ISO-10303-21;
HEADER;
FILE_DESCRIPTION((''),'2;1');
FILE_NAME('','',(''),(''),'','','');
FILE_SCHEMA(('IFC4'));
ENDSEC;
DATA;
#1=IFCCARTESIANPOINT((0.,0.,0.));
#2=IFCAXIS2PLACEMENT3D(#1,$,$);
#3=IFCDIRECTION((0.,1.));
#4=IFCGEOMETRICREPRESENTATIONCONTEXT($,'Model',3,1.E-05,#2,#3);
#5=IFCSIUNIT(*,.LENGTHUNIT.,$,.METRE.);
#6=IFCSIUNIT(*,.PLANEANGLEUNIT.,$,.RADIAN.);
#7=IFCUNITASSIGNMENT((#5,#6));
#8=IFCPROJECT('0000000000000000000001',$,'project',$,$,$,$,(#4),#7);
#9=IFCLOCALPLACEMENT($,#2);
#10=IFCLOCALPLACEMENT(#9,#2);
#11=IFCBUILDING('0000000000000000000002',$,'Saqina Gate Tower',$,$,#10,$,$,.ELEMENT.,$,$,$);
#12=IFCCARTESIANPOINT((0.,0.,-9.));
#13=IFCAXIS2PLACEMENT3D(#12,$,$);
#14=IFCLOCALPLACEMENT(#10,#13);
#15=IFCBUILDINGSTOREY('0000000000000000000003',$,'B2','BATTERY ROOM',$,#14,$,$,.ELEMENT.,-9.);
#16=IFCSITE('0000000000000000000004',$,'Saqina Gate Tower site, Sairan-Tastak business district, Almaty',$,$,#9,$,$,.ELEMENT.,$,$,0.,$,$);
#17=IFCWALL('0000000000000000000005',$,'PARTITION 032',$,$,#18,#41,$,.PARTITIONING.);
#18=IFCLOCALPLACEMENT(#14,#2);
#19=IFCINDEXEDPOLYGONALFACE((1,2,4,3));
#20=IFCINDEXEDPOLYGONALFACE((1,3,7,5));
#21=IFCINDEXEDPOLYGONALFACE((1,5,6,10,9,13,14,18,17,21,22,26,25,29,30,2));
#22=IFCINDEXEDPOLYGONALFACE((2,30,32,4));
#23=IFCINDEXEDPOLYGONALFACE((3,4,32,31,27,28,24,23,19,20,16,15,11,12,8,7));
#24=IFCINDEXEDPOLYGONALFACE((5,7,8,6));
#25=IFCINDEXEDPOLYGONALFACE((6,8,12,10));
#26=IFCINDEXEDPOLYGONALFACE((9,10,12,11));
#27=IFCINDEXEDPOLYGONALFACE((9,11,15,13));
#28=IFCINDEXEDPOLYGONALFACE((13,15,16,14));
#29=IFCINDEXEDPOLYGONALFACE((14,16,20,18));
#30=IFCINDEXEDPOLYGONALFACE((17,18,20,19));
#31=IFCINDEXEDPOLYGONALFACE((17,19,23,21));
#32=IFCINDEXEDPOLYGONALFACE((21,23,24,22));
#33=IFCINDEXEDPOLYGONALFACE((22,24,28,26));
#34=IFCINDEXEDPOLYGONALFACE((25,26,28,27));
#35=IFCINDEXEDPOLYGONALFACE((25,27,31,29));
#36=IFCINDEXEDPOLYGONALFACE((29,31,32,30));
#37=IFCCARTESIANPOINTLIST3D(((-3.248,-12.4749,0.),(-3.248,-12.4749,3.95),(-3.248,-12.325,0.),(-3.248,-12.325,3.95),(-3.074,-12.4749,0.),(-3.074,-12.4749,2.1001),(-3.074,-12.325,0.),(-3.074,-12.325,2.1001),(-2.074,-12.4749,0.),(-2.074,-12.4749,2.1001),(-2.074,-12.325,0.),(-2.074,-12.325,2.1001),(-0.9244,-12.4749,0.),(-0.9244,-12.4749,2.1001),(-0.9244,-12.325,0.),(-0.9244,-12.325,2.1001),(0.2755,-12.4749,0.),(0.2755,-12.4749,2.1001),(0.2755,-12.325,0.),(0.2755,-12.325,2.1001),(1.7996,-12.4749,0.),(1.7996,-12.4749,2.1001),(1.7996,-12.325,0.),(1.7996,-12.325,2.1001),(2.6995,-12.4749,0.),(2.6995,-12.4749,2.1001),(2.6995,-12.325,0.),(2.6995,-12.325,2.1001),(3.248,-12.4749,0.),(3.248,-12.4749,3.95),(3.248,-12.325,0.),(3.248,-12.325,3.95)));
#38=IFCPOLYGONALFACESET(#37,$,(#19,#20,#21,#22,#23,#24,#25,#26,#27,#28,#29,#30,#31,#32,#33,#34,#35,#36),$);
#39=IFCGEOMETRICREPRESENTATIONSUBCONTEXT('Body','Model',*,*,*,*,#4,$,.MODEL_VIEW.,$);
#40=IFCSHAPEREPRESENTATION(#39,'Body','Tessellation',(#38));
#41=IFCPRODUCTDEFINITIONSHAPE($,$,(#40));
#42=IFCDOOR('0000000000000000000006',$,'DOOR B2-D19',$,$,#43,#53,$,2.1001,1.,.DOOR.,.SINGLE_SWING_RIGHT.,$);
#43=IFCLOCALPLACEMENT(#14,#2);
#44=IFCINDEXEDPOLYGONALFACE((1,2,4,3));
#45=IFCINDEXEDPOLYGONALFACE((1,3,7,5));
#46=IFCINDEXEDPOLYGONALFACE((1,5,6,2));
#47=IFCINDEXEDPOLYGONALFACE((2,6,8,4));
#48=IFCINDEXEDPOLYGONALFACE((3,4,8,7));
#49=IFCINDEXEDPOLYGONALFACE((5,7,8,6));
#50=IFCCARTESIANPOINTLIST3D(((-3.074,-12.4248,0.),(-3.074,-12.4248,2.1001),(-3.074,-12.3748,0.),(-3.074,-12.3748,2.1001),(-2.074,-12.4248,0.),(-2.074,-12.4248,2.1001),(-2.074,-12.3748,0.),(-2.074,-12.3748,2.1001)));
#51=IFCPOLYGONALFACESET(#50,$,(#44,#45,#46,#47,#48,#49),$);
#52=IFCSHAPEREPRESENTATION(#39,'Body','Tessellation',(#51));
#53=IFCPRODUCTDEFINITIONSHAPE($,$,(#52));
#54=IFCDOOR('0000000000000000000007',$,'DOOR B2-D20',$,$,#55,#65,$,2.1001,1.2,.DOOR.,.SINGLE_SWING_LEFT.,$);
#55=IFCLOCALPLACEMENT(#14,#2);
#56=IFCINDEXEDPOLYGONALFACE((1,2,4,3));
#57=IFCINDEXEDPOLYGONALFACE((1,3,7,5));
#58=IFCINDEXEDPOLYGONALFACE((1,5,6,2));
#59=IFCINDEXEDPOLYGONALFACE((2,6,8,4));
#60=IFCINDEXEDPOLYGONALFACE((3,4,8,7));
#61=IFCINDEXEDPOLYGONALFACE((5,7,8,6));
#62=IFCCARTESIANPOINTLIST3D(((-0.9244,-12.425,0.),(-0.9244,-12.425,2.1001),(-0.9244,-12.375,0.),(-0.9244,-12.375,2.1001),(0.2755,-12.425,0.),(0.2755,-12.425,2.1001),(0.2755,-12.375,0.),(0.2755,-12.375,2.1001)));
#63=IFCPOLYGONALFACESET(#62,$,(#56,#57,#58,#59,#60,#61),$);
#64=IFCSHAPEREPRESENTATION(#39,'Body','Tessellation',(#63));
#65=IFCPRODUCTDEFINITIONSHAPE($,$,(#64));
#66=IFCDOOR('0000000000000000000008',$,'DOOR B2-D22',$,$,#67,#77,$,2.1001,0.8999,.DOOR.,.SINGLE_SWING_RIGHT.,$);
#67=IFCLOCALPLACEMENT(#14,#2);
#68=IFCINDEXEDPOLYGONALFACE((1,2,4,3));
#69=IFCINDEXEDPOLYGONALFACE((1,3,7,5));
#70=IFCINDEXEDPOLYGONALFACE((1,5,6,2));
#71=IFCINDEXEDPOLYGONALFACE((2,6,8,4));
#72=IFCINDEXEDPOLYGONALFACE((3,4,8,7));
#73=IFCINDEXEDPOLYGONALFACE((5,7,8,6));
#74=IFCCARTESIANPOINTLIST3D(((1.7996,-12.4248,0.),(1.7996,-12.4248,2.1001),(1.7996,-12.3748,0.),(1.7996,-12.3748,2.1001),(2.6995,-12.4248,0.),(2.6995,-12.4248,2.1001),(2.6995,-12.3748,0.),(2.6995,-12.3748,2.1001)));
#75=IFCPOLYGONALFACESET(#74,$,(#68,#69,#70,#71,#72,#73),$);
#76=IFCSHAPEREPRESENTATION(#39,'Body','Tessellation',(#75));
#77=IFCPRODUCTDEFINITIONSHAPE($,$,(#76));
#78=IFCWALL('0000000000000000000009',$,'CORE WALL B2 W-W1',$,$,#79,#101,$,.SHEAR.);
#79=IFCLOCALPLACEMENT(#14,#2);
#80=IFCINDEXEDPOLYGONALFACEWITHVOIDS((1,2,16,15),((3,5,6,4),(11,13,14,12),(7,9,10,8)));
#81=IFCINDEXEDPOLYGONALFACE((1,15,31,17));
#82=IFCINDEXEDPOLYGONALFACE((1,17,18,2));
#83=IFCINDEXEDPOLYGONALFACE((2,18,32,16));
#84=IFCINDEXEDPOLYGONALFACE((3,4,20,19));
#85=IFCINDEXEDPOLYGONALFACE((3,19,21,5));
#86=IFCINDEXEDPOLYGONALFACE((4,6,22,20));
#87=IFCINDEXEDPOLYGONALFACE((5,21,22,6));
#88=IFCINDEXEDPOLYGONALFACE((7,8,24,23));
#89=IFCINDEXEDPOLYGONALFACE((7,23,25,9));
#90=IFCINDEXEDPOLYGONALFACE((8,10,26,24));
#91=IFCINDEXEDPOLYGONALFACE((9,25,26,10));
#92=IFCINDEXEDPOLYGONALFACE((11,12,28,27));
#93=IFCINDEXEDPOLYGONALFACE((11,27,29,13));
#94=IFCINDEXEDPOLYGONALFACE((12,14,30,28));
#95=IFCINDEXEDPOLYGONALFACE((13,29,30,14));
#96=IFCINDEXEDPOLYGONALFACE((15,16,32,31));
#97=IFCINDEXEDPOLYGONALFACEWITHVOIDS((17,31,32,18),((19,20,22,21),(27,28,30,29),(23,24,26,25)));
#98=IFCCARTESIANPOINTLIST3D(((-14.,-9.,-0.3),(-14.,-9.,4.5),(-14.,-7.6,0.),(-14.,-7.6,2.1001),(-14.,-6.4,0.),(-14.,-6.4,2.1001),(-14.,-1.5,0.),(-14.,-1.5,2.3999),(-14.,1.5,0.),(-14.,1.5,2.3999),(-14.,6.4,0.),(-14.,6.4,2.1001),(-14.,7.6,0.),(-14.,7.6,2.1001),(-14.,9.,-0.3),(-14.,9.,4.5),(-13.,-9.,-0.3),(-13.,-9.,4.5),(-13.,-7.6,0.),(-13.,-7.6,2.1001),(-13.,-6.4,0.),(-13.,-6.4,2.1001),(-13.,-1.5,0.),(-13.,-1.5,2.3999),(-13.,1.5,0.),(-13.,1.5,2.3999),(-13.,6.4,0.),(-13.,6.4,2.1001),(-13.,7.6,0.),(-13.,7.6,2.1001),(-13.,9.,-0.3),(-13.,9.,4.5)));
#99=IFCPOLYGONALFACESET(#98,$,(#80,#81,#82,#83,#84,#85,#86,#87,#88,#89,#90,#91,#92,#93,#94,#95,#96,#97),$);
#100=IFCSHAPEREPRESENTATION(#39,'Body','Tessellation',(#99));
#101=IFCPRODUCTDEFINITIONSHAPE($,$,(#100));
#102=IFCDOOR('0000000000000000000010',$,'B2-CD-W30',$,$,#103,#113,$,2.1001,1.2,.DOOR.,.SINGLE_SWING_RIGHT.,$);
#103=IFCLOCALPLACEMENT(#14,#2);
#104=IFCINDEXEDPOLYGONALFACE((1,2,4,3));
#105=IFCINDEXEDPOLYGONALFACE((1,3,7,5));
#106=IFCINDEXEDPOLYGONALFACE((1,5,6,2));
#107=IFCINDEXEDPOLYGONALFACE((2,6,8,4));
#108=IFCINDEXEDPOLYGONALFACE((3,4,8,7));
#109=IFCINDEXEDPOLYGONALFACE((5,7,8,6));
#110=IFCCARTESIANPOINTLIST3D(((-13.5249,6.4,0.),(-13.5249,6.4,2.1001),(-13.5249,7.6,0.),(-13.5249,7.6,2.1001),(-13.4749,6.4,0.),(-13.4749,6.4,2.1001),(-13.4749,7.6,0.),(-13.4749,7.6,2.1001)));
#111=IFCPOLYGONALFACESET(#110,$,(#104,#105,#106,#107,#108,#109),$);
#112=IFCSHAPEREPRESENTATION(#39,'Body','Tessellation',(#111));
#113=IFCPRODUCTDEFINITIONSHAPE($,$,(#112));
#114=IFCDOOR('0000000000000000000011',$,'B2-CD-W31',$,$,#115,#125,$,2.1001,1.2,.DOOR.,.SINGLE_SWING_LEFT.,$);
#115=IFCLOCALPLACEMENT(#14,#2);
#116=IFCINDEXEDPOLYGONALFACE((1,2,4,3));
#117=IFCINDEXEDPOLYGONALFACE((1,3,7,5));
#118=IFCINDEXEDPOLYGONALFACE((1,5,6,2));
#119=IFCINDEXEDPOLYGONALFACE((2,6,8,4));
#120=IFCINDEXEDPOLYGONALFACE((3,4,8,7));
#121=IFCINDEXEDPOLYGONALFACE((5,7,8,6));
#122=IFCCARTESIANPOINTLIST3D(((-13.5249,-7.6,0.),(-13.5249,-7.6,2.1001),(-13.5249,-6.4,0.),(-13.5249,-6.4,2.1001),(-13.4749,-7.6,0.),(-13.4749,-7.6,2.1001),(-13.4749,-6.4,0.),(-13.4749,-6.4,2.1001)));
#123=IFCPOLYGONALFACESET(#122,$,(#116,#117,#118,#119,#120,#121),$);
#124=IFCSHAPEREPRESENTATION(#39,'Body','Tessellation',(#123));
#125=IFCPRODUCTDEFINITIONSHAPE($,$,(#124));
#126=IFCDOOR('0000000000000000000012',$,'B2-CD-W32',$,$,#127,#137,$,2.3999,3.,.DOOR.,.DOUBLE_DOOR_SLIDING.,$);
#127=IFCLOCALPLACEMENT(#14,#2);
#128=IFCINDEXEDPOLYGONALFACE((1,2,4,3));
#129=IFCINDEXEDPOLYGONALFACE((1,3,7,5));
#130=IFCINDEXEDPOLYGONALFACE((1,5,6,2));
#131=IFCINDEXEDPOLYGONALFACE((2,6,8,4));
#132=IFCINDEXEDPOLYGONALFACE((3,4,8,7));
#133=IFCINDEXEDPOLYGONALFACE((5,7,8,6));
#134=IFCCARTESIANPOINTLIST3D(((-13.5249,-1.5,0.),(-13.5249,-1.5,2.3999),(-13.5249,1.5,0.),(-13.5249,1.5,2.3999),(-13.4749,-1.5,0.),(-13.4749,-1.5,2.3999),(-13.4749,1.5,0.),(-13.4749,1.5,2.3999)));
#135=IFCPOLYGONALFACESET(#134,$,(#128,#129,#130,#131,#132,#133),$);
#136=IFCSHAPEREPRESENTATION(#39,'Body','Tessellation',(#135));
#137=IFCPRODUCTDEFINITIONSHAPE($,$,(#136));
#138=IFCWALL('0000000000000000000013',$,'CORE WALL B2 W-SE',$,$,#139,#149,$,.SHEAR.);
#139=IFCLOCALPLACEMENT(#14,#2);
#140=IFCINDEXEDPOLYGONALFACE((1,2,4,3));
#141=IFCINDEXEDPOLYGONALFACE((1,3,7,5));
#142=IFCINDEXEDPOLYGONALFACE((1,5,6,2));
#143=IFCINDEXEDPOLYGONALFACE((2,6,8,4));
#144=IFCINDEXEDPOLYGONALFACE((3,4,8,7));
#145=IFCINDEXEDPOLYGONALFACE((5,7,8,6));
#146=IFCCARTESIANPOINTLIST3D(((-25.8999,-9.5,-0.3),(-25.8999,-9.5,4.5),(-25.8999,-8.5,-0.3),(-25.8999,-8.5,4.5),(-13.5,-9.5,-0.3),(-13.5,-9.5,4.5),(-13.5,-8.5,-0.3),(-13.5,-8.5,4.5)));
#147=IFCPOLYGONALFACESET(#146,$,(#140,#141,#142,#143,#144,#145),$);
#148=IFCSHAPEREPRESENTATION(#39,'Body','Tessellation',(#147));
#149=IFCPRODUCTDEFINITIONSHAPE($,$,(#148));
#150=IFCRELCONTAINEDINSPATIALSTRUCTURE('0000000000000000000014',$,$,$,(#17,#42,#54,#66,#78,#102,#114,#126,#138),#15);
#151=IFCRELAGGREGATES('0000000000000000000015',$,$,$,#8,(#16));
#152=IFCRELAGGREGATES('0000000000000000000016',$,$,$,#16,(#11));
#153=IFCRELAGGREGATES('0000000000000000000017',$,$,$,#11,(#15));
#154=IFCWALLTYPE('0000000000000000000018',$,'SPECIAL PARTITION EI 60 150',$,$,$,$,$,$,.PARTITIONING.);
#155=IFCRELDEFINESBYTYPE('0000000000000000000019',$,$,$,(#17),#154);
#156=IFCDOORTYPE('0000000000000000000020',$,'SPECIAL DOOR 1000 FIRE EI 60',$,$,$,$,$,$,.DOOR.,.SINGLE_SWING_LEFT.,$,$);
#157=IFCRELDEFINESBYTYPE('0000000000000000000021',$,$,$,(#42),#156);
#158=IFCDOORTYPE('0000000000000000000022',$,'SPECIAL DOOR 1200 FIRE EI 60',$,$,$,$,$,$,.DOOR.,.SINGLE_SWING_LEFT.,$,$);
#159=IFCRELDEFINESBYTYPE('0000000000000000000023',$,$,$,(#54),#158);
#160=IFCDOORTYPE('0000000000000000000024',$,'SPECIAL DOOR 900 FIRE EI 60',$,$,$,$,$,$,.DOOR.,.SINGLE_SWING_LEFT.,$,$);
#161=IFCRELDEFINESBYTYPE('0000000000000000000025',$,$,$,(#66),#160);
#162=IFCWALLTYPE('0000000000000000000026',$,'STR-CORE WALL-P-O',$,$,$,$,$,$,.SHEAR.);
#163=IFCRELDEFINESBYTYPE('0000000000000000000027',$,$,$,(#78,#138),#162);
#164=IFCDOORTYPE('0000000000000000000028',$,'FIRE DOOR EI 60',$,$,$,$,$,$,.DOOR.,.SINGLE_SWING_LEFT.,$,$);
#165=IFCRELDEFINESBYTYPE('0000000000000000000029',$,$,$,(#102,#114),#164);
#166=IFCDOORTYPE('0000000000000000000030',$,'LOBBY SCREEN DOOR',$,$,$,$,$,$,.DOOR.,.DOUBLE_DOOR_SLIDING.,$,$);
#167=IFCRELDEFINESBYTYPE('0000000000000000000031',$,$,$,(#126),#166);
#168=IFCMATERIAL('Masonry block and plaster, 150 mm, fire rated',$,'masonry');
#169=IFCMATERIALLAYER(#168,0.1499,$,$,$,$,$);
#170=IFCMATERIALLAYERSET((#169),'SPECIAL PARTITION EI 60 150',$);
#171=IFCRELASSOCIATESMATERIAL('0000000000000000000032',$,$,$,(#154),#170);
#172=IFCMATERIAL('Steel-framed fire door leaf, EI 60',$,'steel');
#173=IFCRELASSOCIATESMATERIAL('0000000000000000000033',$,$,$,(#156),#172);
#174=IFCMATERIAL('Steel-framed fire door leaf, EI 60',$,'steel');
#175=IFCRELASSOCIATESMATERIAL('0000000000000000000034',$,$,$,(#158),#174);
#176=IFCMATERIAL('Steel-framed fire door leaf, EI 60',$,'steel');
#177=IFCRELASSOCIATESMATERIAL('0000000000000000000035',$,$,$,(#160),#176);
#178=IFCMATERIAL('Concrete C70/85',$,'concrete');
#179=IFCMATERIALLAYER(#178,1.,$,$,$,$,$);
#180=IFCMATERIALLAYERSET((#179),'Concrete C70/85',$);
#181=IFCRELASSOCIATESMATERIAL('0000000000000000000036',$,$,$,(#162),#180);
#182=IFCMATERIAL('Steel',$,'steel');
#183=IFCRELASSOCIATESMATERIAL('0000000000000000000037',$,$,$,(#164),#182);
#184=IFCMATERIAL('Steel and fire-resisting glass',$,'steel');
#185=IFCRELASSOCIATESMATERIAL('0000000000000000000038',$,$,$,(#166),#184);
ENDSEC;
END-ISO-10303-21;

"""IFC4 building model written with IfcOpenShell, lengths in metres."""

from ifc_helpers import new_model, si_unit, direction, frame, frame_2d, origin, place, context, subcontext, project, spatial, rectangle, extrude, material, layer, layer_set, type_object, element, fill, save


model = new_model("IFC4")

# Units and contexts
model_context = context("Model", 3, precision=1e-05, world=origin(), true_north=direction((0.0, 1.0)))
body_context = subcontext(model_context, "Body", "Model", "MODEL_VIEW")
ifc_project = project(units=[si_unit("LENGTHUNIT", "METRE"), si_unit("PLANEANGLEUNIT", "RADIAN")], contexts=[model_context])

# Site, building, storey
site_placement = place(None, origin())
site = spatial("IfcSite", under=ifc_project, at=site_placement, Name="Saqina Gate Tower site, Sairan-Tastak business district, Almaty", CompositionType="ELEMENT", RefElevation=0.0)
building_placement = place(site_placement, origin())
building = spatial("IfcBuilding", under=site, at=building_placement, Name="Saqina Gate Tower", CompositionType="ELEMENT")
storey_placement = place(building_placement, frame((0.0, 0.0, -9.0)))
storey = spatial("IfcBuildingStorey", under=building, at=storey_placement, Name="B2", Description="BATTERY ROOM", CompositionType="ELEMENT", Elevation=-9.0)

# Shared definitions
ifc_material_1 = material(Name="Masonry block and plaster, 150 mm, fire rated", Category="masonry")
ifc_layer_1 = layer(ifc_material_1, 0.1499)
ifc_layer_set_1 = layer_set([ifc_layer_1], Name="SPECIAL PARTITION EI 60 150")
wall_type_1 = type_object("IfcWallType", Name="SPECIAL PARTITION EI 60 150", PredefinedType="PARTITIONING", material=ifc_layer_set_1)

# Walls, openings, doors
ifc_material_2 = material(Name="Steel-framed fire door leaf, EI 60", Category="steel")
door_type_1 = type_object("IfcDoorType", Name="SPECIAL DOOR 1000 FIRE EI 60", OperationType="SINGLE_SWING_LEFT", PredefinedType="DOOR", material=ifc_material_2)
ifc_material_3 = material(Name="Steel-framed fire door leaf, EI 60", Category="steel")
door_type_2 = type_object("IfcDoorType", Name="SPECIAL DOOR 1200 FIRE EI 60", OperationType="SINGLE_SWING_LEFT", PredefinedType="DOOR", material=ifc_material_3)
wall_1_placement = place(storey_placement, frame((-3.248, -12.3999, 0.0), z_axis=(0.0, 0.0, 1.0), x_axis=(1.0, 0.0, 0.0)))
wall_1 = element("IfcWall", 1, at=wall_1_placement, inside=storey, type_object=wall_type_1, Name="PARTITION 032", PredefinedType="PARTITIONING", context=body_context, shape_type="SweptSolid", body=[
    extrude(rectangle(XDim=6.4961, YDim=0.1499, at=frame_2d((3.248, 0.0))), origin(), (0.0, 0.0, 1.0), 3.95),
])
opening_1_placement = place(wall_1_placement, frame((0.1741, 0.0, 0.0)))
opening_1 = element("IfcOpeningElement", 2, at=opening_1_placement, cuts=wall_1, PredefinedType="OPENING", context=body_context, shape_type="SweptSolid", body=[
    extrude(rectangle(XDim=1.0, YDim=2.1001, at=frame_2d((0.5, 1.05))), frame((0.0, 0.0869, 0.0), z_axis=(0.0, -1.0, 0.0), x_axis=(1.0, 0.0, 0.0)), (0.0, 0.0, 1.0), 0.1738),
])
opening_2_placement = place(wall_1_placement, frame((2.3235, 0.0, 0.0)))
opening_2 = element("IfcOpeningElement", 3, at=opening_2_placement, cuts=wall_1, PredefinedType="OPENING", context=body_context, shape_type="SweptSolid", body=[
    extrude(rectangle(XDim=1.2, YDim=2.1001, at=frame_2d((0.6001, 1.05))), frame((0.0, 0.0869, 0.0), z_axis=(0.0, -1.0, 0.0), x_axis=(1.0, 0.0, 0.0)), (0.0, 0.0, 1.0), 0.1738),
])
opening_3_placement = place(wall_1_placement, frame((5.0476, 0.0, 0.0)))
opening_3 = element("IfcOpeningElement", 4, at=opening_3_placement, cuts=wall_1, PredefinedType="OPENING", context=body_context, shape_type="SweptSolid", body=[
    extrude(rectangle(XDim=0.8999, YDim=2.1001, at=frame_2d((0.45, 1.05))), frame((0.0, 0.0869, 0.0), z_axis=(0.0, -1.0, 0.0), x_axis=(1.0, 0.0, 0.0)), (0.0, 0.0, 1.0), 0.1738),
])
door_1_placement = place(opening_1_placement, frame((1.0, 0.0, 0.0), z_axis=(0.0, 0.0, 1.0), x_axis=(-1.0, 0.0, 0.0)))
door_1 = element("IfcDoor", 5, at=door_1_placement, inside=storey, type_object=door_type_1, Name="DOOR B2-D19", OperationType="SINGLE_SWING_RIGHT", OverallHeight=2.1001, OverallWidth=1.0, PredefinedType="DOOR", context=body_context, shape_type="SweptSolid", body=[
    extrude(rectangle(XDim=1.0, YDim=2.1001, at=frame_2d((0.5, 1.05))), frame((0.0, 0.0249, 0.0), z_axis=(0.0, -1.0, 0.0), x_axis=(1.0, 0.0, 0.0)), (0.0, 0.0, 1.0), 0.05),
])
fill(opening_1, door_1)
door_2_placement = place(opening_2_placement, origin())
door_2 = element("IfcDoor", 6, at=door_2_placement, inside=storey, type_object=door_type_2, Name="DOOR B2-D20", OperationType="SINGLE_SWING_LEFT", OverallHeight=2.1001, OverallWidth=1.2, PredefinedType="DOOR", context=body_context, shape_type="SweptSolid", body=[
    extrude(rectangle(XDim=1.2, YDim=2.1001, at=frame_2d((0.6001, 1.05))), frame((0.0, 0.0249, 0.0), z_axis=(0.0, -1.0, 0.0), x_axis=(1.0, 0.0, 0.0)), (0.0, 0.0, 1.0), 0.05),
])
fill(opening_2, door_2)
ifc_material_4 = material(Name="Steel-framed fire door leaf, EI 60", Category="steel")
door_type_3 = type_object("IfcDoorType", Name="SPECIAL DOOR 900 FIRE EI 60", OperationType="SINGLE_SWING_LEFT", PredefinedType="DOOR", material=ifc_material_4)
door_3_placement = place(opening_3_placement, frame((0.8999, 0.0, 0.0), z_axis=(0.0, 0.0, 1.0), x_axis=(-1.0, 0.0, 0.0)))
door_3 = element("IfcDoor", 7, at=door_3_placement, inside=storey, type_object=door_type_3, Name="DOOR B2-D22", OperationType="SINGLE_SWING_RIGHT", OverallHeight=2.1001, OverallWidth=0.8999, PredefinedType="DOOR", context=body_context, shape_type="SweptSolid", body=[
    extrude(rectangle(XDim=0.8999, YDim=2.1001, at=frame_2d((0.45, 1.05))), frame((0.0, 0.0249, 0.0), z_axis=(0.0, -1.0, 0.0), x_axis=(1.0, 0.0, 0.0)), (0.0, 0.0, 1.0), 0.05),
])
fill(opening_3, door_3)
ifc_material_5 = material(Name="Concrete C70/85", Category="concrete")
ifc_layer_2 = layer(ifc_material_5, 1.0)
ifc_layer_set_2 = layer_set([ifc_layer_2], Name="Concrete C70/85")
wall_type_2 = type_object("IfcWallType", Name="STR-CORE WALL-P-O", PredefinedType="SHEAR", material=ifc_layer_set_2)
wall_2_placement = place(storey_placement, frame((-13.5, -9.0, -0.3), z_axis=(0.0, 0.0, 1.0), x_axis=(0.0, 1.0, 0.0)))
wall_2 = element("IfcWall", 8, at=wall_2_placement, inside=storey, type_object=wall_type_2, Name="CORE WALL B2 W-W1", PredefinedType="SHEAR", context=body_context, shape_type="SweptSolid", body=[
    extrude(rectangle(XDim=18.0, YDim=1.0, at=frame_2d((9.0, 0.0))), origin(), (0.0, 0.0, 1.0), 4.8),
])
opening_4_placement = place(wall_2_placement, frame((15.3999, 0.0, 0.3)))
opening_4 = element("IfcOpeningElement", 9, at=opening_4_placement, cuts=wall_2, PredefinedType="OPENING", context=body_context, shape_type="SweptSolid", body=[
    extrude(rectangle(XDim=1.2, YDim=2.1001, at=frame_2d((0.6001, 1.05))), frame((0.0, 0.512, 0.0), z_axis=(0.0, -1.0, 0.0), x_axis=(1.0, 0.0, 0.0)), (0.0, 0.0, 1.0), 1.0239),
])
opening_5_placement = place(wall_2_placement, frame((1.3999, 0.0, 0.3)))
opening_5 = element("IfcOpeningElement", 10, at=opening_5_placement, cuts=wall_2, PredefinedType="OPENING", context=body_context, shape_type="SweptSolid", body=[
    extrude(rectangle(XDim=1.2, YDim=2.1001, at=frame_2d((0.6001, 1.05))), frame((0.0, 0.512, 0.0), z_axis=(0.0, -1.0, 0.0), x_axis=(1.0, 0.0, 0.0)), (0.0, 0.0, 1.0), 1.0239),
])
opening_6_placement = place(wall_2_placement, frame((7.5, 0.0, 0.3)))
opening_6 = element("IfcOpeningElement", 11, at=opening_6_placement, cuts=wall_2, PredefinedType="OPENING", context=body_context, shape_type="SweptSolid", body=[
    extrude(rectangle(XDim=3.0, YDim=2.3999, at=frame_2d((1.5, 1.2))), frame((0.0, 0.512, 0.0), z_axis=(0.0, -1.0, 0.0), x_axis=(1.0, 0.0, 0.0)), (0.0, 0.0, 1.0), 1.0239),
])
ifc_material_6 = material(Name="Steel", Category="steel")
door_type_4 = type_object("IfcDoorType", Name="FIRE DOOR EI 60", OperationType="SINGLE_SWING_LEFT", PredefinedType="DOOR", material=ifc_material_6)
door_4_placement = place(opening_4_placement, origin())
door_4 = element("IfcDoor", 12, at=door_4_placement, inside=storey, type_object=door_type_4, Name="B2-CD-W30", OperationType="SINGLE_SWING_RIGHT", OverallHeight=2.1001, OverallWidth=1.2, PredefinedType="DOOR", context=body_context, shape_type="SweptSolid", body=[
    extrude(rectangle(XDim=1.2, YDim=2.1001, at=frame_2d((0.6001, 1.05))), frame((0.0, 0.0249, 0.0), z_axis=(0.0, -1.0, 0.0), x_axis=(1.0, 0.0, 0.0)), (0.0, 0.0, 1.0), 0.05),
])
fill(opening_4, door_4)
door_5_placement = place(opening_5_placement, origin())
door_5 = element("IfcDoor", 13, at=door_5_placement, inside=storey, type_object=door_type_4, Name="B2-CD-W31", OperationType="SINGLE_SWING_LEFT", OverallHeight=2.1001, OverallWidth=1.2, PredefinedType="DOOR", context=body_context, shape_type="SweptSolid", body=[
    extrude(rectangle(XDim=1.2, YDim=2.1001, at=frame_2d((0.6001, 1.05))), frame((0.0, 0.0249, 0.0), z_axis=(0.0, -1.0, 0.0), x_axis=(1.0, 0.0, 0.0)), (0.0, 0.0, 1.0), 0.05),
])
fill(opening_5, door_5)
ifc_material_7 = material(Name="Steel and fire-resisting glass", Category="steel")
door_type_5 = type_object("IfcDoorType", Name="LOBBY SCREEN DOOR", OperationType="DOUBLE_DOOR_SLIDING", PredefinedType="DOOR", material=ifc_material_7)
door_6_placement = place(opening_6_placement, origin())
door_6 = element("IfcDoor", 14, at=door_6_placement, inside=storey, type_object=door_type_5, Name="B2-CD-W32", OperationType="DOUBLE_DOOR_SLIDING", OverallHeight=2.3999, OverallWidth=3.0, PredefinedType="DOOR", context=body_context, shape_type="SweptSolid", body=[
    extrude(rectangle(XDim=3.0, YDim=2.3999, at=frame_2d((1.5, 1.2))), frame((0.0, 0.0249, 0.0), z_axis=(0.0, -1.0, 0.0), x_axis=(1.0, 0.0, 0.0)), (0.0, 0.0, 1.0), 0.05),
])
fill(opening_6, door_6)

# Wall
wall_3_placement = place(storey_placement, frame((-13.5, -9.0, -0.3), z_axis=(0.0, 0.0, 1.0), x_axis=(-1.0, 0.0, 0.0)))
element("IfcWall", 15, at=wall_3_placement, inside=storey, type_object=wall_type_2, Name="CORE WALL B2 W-SE", PredefinedType="SHEAR", context=body_context, shape_type="SweptSolid", body=[
    extrude(rectangle(XDim=12.3999, YDim=1.0, at=frame_2d((6.2, 0.0))), origin(), (0.0, 0.0, 1.0), 4.8),
])

save(model, "model.ifc")
